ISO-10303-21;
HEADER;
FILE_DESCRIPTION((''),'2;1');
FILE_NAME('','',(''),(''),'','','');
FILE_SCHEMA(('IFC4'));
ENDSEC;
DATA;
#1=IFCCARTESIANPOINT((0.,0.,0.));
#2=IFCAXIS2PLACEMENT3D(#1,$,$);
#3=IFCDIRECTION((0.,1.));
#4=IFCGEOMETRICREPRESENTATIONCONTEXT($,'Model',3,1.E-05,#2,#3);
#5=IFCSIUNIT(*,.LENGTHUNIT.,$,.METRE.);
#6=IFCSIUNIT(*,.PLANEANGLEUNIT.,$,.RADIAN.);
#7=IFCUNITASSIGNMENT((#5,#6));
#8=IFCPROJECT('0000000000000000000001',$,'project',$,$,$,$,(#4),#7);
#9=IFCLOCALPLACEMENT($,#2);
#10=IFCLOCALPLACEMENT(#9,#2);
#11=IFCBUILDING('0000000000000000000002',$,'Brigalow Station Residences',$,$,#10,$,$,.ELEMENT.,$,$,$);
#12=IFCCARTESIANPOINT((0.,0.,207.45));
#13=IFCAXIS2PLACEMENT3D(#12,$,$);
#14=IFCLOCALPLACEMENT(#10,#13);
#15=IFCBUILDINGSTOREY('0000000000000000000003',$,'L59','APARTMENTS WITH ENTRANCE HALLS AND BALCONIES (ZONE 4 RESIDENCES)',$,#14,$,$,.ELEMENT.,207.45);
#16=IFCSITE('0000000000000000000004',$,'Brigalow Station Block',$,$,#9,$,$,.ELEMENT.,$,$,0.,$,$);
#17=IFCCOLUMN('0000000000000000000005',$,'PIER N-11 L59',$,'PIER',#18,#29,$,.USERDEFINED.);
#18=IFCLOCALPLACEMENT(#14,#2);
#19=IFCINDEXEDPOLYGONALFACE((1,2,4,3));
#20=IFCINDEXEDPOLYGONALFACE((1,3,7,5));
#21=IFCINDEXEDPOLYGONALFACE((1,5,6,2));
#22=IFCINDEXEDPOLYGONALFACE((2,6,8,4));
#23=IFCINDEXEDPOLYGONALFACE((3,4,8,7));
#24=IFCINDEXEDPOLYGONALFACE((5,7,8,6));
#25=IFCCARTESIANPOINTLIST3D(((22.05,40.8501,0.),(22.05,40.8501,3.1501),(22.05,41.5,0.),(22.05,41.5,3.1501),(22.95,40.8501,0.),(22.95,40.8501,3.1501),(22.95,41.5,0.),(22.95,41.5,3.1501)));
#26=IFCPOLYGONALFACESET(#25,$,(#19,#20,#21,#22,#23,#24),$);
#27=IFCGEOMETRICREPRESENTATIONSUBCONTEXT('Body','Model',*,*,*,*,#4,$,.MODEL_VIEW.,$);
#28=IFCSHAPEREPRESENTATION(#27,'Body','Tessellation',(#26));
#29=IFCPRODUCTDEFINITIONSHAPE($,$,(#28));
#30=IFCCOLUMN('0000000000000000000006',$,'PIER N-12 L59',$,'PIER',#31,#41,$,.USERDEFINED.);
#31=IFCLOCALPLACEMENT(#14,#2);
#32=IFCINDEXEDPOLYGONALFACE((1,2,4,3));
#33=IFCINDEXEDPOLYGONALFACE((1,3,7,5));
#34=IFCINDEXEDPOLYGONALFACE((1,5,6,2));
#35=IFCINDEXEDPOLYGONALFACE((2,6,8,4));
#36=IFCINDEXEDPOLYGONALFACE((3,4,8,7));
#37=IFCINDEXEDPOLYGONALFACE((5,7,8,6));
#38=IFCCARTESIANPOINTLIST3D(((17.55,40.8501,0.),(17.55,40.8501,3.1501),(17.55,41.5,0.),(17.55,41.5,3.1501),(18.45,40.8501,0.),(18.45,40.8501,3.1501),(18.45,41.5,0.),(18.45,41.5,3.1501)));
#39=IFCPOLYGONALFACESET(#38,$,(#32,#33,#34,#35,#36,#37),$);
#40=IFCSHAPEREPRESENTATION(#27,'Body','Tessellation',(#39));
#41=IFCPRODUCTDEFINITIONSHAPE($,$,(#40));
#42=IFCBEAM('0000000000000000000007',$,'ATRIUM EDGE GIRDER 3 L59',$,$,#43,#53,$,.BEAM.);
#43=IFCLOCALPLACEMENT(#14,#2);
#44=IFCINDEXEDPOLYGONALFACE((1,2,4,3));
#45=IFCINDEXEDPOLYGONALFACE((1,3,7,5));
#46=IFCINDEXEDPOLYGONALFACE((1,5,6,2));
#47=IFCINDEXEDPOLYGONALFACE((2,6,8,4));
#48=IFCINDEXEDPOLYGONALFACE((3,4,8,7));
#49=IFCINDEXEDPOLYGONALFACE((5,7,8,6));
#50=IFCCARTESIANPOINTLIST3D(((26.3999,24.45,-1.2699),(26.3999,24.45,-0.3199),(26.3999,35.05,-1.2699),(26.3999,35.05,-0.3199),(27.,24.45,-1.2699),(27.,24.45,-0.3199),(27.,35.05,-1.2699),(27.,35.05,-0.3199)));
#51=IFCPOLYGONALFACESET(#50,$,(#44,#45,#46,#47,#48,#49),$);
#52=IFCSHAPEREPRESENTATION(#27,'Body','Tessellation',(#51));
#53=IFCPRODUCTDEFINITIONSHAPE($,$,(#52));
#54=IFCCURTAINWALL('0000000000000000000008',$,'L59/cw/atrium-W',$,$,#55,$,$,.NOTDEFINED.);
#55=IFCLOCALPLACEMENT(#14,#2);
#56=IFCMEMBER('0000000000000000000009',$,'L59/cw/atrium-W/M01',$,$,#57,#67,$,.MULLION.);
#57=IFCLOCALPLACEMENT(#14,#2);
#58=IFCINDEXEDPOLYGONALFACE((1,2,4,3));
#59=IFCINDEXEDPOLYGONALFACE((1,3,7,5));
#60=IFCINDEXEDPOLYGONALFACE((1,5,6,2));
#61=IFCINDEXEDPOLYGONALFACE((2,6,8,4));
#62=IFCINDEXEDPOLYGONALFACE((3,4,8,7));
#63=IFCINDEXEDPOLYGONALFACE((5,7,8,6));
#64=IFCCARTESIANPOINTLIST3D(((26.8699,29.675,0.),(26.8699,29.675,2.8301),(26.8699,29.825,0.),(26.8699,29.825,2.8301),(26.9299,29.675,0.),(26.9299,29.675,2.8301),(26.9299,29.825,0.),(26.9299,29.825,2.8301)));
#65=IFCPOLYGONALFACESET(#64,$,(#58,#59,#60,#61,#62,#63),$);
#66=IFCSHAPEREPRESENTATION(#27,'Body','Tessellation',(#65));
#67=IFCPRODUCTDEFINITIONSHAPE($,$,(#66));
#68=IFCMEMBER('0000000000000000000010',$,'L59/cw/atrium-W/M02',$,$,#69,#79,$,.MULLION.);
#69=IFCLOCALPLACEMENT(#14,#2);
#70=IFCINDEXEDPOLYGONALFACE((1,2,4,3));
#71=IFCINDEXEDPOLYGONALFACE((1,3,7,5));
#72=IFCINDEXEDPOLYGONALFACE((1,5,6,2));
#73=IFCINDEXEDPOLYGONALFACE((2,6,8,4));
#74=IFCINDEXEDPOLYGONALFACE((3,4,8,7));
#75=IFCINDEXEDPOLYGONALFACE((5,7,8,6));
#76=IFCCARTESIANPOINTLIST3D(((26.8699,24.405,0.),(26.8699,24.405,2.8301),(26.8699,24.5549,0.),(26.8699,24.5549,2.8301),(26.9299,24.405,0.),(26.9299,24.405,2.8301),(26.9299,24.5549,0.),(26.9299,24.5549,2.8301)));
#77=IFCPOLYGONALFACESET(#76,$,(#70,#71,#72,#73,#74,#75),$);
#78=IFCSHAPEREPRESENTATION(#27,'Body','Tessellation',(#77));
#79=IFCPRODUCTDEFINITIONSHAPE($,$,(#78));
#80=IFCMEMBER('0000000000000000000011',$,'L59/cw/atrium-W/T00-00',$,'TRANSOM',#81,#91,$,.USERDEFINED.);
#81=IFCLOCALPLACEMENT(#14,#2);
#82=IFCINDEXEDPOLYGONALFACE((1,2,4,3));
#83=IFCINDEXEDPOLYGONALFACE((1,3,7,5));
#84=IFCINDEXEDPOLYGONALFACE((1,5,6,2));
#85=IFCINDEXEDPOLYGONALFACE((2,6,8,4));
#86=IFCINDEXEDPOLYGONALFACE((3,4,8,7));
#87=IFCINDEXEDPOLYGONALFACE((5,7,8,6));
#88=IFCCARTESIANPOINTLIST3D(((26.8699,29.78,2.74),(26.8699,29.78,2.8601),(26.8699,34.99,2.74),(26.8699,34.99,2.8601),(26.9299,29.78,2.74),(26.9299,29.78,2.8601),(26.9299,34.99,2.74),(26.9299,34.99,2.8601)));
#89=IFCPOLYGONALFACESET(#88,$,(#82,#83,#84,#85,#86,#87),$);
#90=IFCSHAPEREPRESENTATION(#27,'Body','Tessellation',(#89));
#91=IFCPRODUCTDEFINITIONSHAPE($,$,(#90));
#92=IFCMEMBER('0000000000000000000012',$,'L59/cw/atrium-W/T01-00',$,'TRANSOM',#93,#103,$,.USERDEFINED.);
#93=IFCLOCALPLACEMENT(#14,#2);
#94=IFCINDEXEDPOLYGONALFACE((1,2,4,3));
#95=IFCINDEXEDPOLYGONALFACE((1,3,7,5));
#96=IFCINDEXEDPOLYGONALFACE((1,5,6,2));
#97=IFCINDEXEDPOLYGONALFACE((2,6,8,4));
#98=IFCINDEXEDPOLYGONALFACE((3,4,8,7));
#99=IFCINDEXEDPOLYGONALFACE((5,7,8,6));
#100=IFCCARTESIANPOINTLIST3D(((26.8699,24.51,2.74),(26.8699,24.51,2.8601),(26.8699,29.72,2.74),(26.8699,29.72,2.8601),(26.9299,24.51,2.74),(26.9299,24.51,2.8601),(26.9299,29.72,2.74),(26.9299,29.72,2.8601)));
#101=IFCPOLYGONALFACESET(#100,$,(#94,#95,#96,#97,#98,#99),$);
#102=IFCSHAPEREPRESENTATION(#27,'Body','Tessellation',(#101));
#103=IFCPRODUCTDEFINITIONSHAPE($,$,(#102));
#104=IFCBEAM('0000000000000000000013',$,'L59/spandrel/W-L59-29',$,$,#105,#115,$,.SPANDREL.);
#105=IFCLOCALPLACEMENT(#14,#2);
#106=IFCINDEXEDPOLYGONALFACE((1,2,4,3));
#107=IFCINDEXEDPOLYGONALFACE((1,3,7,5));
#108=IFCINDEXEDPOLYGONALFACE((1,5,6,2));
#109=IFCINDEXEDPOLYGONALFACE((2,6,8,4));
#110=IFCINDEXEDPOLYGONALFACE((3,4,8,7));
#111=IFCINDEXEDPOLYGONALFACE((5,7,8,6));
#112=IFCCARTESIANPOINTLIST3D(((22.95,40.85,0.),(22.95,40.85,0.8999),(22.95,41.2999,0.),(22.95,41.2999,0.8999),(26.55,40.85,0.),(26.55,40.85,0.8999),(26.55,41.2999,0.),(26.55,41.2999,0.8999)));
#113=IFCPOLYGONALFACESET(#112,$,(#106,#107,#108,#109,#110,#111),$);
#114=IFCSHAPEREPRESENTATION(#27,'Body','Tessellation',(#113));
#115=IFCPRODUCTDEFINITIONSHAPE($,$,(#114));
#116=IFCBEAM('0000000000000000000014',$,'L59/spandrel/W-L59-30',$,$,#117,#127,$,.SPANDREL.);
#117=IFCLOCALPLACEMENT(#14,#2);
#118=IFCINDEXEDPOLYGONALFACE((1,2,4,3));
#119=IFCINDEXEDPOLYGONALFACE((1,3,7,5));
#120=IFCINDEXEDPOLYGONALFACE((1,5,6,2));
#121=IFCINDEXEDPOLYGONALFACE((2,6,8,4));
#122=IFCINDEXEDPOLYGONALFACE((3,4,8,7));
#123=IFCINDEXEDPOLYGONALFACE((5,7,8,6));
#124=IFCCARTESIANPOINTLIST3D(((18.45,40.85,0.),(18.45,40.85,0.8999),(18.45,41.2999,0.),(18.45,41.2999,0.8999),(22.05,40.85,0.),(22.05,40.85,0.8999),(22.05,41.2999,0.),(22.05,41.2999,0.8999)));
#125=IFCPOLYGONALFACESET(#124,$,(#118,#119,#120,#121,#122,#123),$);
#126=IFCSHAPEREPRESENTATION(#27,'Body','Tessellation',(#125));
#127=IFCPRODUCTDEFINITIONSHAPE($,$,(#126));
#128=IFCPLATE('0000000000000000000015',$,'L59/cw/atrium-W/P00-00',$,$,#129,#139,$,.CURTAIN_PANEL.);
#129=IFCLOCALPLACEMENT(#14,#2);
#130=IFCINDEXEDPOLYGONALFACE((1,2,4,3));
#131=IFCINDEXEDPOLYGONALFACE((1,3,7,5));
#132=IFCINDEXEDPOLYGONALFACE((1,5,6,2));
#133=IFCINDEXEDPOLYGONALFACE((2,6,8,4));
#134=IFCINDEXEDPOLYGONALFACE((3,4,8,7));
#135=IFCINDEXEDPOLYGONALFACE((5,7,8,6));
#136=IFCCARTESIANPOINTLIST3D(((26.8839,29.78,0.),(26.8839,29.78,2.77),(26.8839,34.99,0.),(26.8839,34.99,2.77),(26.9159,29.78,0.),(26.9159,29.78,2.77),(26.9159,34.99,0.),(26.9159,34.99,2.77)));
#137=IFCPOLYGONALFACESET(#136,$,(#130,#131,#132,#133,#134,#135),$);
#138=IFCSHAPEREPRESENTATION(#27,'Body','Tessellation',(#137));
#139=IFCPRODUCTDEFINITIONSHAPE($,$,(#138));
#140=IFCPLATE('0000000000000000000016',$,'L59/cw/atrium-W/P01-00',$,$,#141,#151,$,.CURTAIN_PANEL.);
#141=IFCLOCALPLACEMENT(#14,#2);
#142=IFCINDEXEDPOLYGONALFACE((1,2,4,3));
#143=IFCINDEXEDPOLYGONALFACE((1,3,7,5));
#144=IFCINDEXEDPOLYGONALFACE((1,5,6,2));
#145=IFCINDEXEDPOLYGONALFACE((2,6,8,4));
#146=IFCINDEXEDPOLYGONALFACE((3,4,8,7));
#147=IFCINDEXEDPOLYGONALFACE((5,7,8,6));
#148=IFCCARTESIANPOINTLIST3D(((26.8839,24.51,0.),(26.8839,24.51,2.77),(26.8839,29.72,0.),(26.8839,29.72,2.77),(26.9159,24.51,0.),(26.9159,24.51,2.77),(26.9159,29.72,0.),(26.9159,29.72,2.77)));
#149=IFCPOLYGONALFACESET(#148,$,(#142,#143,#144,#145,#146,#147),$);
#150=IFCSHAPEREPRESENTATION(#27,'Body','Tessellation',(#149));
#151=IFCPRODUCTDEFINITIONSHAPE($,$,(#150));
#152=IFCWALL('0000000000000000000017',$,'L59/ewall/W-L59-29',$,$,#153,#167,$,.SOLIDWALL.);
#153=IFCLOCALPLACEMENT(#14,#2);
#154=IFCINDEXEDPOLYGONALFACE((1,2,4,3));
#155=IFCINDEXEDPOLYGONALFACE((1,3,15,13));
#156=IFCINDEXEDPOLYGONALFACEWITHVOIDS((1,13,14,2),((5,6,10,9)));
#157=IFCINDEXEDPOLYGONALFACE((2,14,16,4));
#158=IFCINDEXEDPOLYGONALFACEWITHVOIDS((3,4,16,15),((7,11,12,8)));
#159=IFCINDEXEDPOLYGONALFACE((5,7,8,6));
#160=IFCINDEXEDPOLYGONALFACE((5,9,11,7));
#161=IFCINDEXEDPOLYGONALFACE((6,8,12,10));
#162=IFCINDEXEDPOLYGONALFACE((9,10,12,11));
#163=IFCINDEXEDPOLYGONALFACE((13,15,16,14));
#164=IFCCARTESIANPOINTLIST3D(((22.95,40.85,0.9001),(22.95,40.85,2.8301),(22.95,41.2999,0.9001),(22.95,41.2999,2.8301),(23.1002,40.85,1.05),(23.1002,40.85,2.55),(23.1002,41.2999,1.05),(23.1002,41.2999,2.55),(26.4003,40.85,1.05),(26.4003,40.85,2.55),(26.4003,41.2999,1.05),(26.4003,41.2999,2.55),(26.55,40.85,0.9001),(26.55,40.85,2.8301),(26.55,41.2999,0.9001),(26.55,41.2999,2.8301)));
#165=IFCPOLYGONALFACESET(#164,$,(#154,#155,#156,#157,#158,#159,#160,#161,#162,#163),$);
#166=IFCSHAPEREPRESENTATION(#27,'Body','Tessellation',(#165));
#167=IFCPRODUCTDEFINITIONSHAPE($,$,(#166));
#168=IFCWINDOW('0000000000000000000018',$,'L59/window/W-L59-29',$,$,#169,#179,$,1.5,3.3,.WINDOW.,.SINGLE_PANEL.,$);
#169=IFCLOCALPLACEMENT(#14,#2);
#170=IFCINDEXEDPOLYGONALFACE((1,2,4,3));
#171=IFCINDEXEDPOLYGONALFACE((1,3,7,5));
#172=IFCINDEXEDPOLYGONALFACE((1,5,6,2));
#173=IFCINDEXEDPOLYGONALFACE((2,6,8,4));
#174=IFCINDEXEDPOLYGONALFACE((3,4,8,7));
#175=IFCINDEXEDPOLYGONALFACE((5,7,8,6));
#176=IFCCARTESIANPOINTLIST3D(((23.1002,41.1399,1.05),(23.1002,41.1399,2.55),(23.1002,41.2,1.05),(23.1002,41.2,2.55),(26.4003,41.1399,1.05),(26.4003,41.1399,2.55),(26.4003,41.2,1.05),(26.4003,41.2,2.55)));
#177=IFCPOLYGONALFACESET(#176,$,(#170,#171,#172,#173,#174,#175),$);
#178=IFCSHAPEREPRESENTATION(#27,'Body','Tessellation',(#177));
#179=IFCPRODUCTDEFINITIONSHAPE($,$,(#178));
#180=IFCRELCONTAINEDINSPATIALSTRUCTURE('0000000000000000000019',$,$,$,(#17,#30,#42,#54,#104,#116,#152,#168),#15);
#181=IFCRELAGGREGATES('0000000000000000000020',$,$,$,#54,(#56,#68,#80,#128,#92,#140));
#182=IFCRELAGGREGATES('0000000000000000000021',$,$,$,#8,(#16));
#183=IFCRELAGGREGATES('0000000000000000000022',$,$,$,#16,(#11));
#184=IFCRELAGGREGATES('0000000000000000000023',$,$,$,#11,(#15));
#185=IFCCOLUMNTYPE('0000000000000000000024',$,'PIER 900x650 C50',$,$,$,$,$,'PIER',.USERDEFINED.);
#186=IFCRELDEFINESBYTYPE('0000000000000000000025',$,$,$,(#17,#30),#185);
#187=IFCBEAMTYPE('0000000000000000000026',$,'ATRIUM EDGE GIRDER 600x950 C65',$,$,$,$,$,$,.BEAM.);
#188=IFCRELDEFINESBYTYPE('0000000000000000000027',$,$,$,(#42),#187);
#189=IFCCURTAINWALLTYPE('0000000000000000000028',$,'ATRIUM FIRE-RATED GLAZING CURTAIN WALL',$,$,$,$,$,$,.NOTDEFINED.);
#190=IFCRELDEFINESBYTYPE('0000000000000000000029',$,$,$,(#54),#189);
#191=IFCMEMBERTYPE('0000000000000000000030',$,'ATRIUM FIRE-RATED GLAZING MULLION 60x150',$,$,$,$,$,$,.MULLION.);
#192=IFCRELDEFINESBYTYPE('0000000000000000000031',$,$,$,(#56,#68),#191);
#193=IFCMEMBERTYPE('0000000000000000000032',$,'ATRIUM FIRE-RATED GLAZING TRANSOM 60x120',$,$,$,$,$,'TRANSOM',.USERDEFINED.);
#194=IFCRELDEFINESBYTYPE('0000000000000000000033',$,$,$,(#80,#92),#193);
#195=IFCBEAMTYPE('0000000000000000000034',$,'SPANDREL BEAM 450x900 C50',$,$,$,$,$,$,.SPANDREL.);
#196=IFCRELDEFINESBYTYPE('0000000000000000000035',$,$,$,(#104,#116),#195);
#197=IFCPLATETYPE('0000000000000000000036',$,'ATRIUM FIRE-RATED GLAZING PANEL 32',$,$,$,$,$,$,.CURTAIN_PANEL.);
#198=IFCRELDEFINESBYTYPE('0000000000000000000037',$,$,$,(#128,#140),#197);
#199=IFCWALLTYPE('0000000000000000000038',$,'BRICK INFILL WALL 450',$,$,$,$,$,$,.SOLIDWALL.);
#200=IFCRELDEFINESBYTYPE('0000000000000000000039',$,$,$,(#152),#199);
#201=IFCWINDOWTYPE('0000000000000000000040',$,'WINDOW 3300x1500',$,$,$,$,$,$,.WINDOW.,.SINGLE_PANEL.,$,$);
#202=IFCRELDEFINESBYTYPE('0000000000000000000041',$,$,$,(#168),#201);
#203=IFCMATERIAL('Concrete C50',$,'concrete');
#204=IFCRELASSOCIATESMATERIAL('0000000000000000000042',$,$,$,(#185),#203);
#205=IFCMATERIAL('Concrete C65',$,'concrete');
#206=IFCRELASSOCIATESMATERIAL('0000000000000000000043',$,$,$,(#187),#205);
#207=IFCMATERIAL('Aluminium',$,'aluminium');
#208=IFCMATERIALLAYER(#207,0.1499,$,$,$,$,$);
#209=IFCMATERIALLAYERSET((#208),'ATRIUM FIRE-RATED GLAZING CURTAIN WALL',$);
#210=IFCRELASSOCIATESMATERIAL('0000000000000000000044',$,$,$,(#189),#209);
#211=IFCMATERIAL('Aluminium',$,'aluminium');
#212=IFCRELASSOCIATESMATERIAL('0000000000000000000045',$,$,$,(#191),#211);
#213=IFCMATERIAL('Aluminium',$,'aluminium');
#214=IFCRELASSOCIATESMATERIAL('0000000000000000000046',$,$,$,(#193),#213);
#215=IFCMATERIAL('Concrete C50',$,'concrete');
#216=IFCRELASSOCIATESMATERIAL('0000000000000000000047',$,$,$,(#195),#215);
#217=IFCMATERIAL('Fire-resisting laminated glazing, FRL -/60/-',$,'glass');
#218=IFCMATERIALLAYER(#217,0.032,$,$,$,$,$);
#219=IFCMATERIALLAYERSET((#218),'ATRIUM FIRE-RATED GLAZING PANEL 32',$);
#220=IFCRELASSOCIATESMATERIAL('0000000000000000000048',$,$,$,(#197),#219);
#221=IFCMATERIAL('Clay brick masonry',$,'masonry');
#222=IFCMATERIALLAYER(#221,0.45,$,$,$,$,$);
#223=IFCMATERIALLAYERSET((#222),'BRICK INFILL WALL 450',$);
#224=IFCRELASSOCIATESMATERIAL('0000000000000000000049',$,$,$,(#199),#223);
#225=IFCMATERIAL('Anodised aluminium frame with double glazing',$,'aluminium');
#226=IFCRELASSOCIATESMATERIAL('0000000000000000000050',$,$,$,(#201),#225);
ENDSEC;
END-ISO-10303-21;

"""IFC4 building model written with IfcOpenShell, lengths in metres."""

from ifc_helpers import new_model, si_unit, direction, frame, frame_2d, origin, origin_2d, place, context, subcontext, project, spatial, rectangle, extrude, material, layer, layer_set, material_profile, profile_set, type_object, element, fill, aggregate, save


model = new_model("IFC4")

# Units and contexts
model_context = context("Model", 3, precision=1e-05, world=origin(), true_north=direction((0.0, 1.0)))
body_context = subcontext(model_context, "Body", "Model", "MODEL_VIEW")
ifc_project = project(units=[si_unit("LENGTHUNIT", "METRE"), si_unit("PLANEANGLEUNIT", "RADIAN")], contexts=[model_context])

# Site, building, storey
site_placement = place(None, origin())
site = spatial("IfcSite", under=ifc_project, at=site_placement, Name="Brigalow Station Block", CompositionType="ELEMENT", RefElevation=0.0)
building_placement = place(site_placement, origin())
building = spatial("IfcBuilding", under=site, at=building_placement, Name="Brigalow Station Residences", CompositionType="ELEMENT")
storey_placement = place(building_placement, frame((0.0, 0.0, 207.45)))
storey = spatial("IfcBuildingStorey", under=building, at=storey_placement, Name="L59", Description="APARTMENTS WITH ENTRANCE HALLS AND BALCONIES (ZONE 4 RESIDENCES)", CompositionType="ELEMENT", Elevation=207.45)

# Columns
ifc_material_1 = material(Name="Concrete C50", Category="concrete")
ifc_material_profile_1 = material_profile(ifc_material_1, rectangle(XDim=0.8999, YDim=0.6499, at=origin_2d()), Name="RC900x650")
ifc_profile_set_1 = profile_set([ifc_material_profile_1], Name="Concrete C50")
column_type = type_object("IfcColumnType", Name="PIER 900x650 C50", ElementType="PIER", PredefinedType="USERDEFINED", material=ifc_profile_set_1)
for number, where, z_axis, x_axis, name in (
    (1, (22.5, 41.175, 0.0), (0.0, 0.0, 1.0), (-1.0, 0.0, 0.0), "PIER N-11 L59"),
    (2, (18.0, 41.175, 0.0), (0.0, 0.0, 1.0), (-1.0, 0.0, 0.0), "PIER N-12 L59"),
):
    element("IfcColumn", number, at=place(storey_placement, frame(where, z_axis=z_axis, x_axis=x_axis)), inside=storey, type_object=column_type, Name=name, ObjectType="PIER", PredefinedType="USERDEFINED", context=body_context, shape_type="SweptSolid", body=[
        extrude(rectangle(XDim=0.8999, YDim=0.6499, at=origin_2d()), origin(), (0.0, 0.0, 1.0), 3.1501),
    ])

# Beam
ifc_material_2 = material(Name="Concrete C65", Category="concrete")
ifc_material_profile_2 = material_profile(ifc_material_2, rectangle(XDim=0.6001, YDim=0.95, at=origin_2d()), Name="RC600x950")
ifc_profile_set_2 = profile_set([ifc_material_profile_2], Name="Concrete C65")
beam_type_1 = type_object("IfcBeamType", Name="ATRIUM EDGE GIRDER 600x950 C65", PredefinedType="BEAM", material=ifc_profile_set_2)
beam_placement = place(storey_placement, frame((26.7, 24.45, -0.7949), z_axis=(0.0, 1.0, 0.0), x_axis=(-1.0, 0.0, 0.0)))
element("IfcBeam", 3, at=beam_placement, inside=storey, type_object=beam_type_1, Name="ATRIUM EDGE GIRDER 3 L59", PredefinedType="BEAM", context=body_context, shape_type="SweptSolid", body=[
    extrude(rectangle(XDim=0.6001, YDim=0.95, at=origin_2d()), origin(), (0.0, 0.0, 1.0), 10.6001),
])

# Curtain wall, members
ifc_material_3 = material(Name="Aluminium", Category="aluminium")
ifc_layer_1 = layer(ifc_material_3, 0.1499)
ifc_layer_set_1 = layer_set([ifc_layer_1], Name="ATRIUM FIRE-RATED GLAZING CURTAIN WALL")
curtain_wall_type = type_object("IfcCurtainWallType", Name="ATRIUM FIRE-RATED GLAZING CURTAIN WALL", PredefinedType="NOTDEFINED", material=ifc_layer_set_1)
curtain_wall_placement = place(storey_placement, origin())
curtain_wall = element("IfcCurtainWall", 4, at=curtain_wall_placement, inside=storey, type_object=curtain_wall_type, Name="L59/cw/atrium-W", PredefinedType="NOTDEFINED")
ifc_material_4 = material(Name="Aluminium", Category="aluminium")
ifc_material_profile_3 = material_profile(ifc_material_4, rectangle(XDim=0.0601, YDim=0.1499, at=origin_2d()), Name="ATRIUM FIRE-RATED GLAZING MULLION 60x150")
ifc_profile_set_3 = profile_set([ifc_material_profile_3], Name="Aluminium")
member_type_1 = type_object("IfcMemberType", Name="ATRIUM FIRE-RATED GLAZING MULLION 60x150", PredefinedType="MULLION", material=ifc_profile_set_3)
member_1_placement = place(storey_placement, frame((26.8999, 29.75, 0.0), z_axis=(0.0, 0.0, 1.0), x_axis=(1.0, 0.0, 0.0)))
member_1 = element("IfcMember", 5, at=member_1_placement, type_object=member_type_1, Name="L59/cw/atrium-W/M01", PredefinedType="MULLION", context=body_context, shape_type="SweptSolid", body=[
    extrude(rectangle(XDim=0.0601, YDim=0.1499, at=origin_2d()), origin(), (0.0, 0.0, 1.0), 2.8301),
])
member_2_placement = place(storey_placement, frame((26.8999, 24.48, 0.0), z_axis=(0.0, 0.0, 1.0), x_axis=(1.0, 0.0, 0.0)))
member_2 = element("IfcMember", 6, at=member_2_placement, type_object=member_type_1, Name="L59/cw/atrium-W/M02", PredefinedType="MULLION", context=body_context, shape_type="SweptSolid", body=[
    extrude(rectangle(XDim=0.0601, YDim=0.1499, at=origin_2d()), origin(), (0.0, 0.0, 1.0), 2.8301),
])
ifc_material_5 = material(Name="Aluminium", Category="aluminium")
ifc_material_profile_4 = material_profile(ifc_material_5, rectangle(XDim=0.0601, YDim=0.1201, at=origin_2d()), Name="ATRIUM FIRE-RATED GLAZING TRANSOM 60x120")
ifc_profile_set_4 = profile_set([ifc_material_profile_4], Name="Aluminium")
member_type_2 = type_object("IfcMemberType", Name="ATRIUM FIRE-RATED GLAZING TRANSOM 60x120", ElementType="TRANSOM", PredefinedType="USERDEFINED", material=ifc_profile_set_4)
member_3_placement = place(storey_placement, frame((26.8999, 34.99, 2.8), z_axis=(0.0, -1.0, 0.0), x_axis=(1.0, 0.0, 0.0)))
member_3 = element("IfcMember", 7, at=member_3_placement, type_object=member_type_2, Name="L59/cw/atrium-W/T00-00", ObjectType="TRANSOM", PredefinedType="USERDEFINED", context=body_context, shape_type="SweptSolid", body=[
    extrude(rectangle(XDim=0.0601, YDim=0.1201, at=origin_2d()), origin(), (0.0, 0.0, 1.0), 5.21),
])
member_4_placement = place(storey_placement, frame((26.8999, 29.72, 2.8), z_axis=(0.0, -1.0, 0.0), x_axis=(1.0, 0.0, 0.0)))
member_4 = element("IfcMember", 8, at=member_4_placement, type_object=member_type_2, Name="L59/cw/atrium-W/T01-00", ObjectType="TRANSOM", PredefinedType="USERDEFINED", context=body_context, shape_type="SweptSolid", body=[
    extrude(rectangle(XDim=0.0601, YDim=0.1201, at=origin_2d()), origin(), (0.0, 0.0, 1.0), 5.21),
])

# Beams
ifc_material_6 = material(Name="Concrete C50", Category="concrete")
ifc_material_profile_5 = material_profile(ifc_material_6, rectangle(XDim=0.45, YDim=0.8999, at=origin_2d()), Name="RC450x900")
ifc_profile_set_5 = profile_set([ifc_material_profile_5], Name="Concrete C50")
beam_type_2 = type_object("IfcBeamType", Name="SPANDREL BEAM 450x900 C50", PredefinedType="SPANDREL", material=ifc_profile_set_5)
for number, where, z_axis, x_axis, name in (
    (9, (26.55, 41.075, 0.45), (-1.0, 0.0, 0.0), (0.0, -1.0, 0.0), "L59/spandrel/W-L59-29"),
    (10, (22.05, 41.075, 0.45), (-1.0, 0.0, 0.0), (0.0, -1.0, 0.0), "L59/spandrel/W-L59-30"),
):
    element("IfcBeam", number, at=place(storey_placement, frame(where, z_axis=z_axis, x_axis=x_axis)), inside=storey, type_object=beam_type_2, Name=name, PredefinedType="SPANDREL", context=body_context, shape_type="SweptSolid", body=[
        extrude(rectangle(XDim=0.45, YDim=0.8999, at=origin_2d()), origin(), (0.0, 0.0, 1.0), 3.6001),
    ])

# Plates
ifc_material_7 = material(Name="Fire-resisting laminated glazing, FRL -/60/-", Category="glass")
ifc_layer_2 = layer(ifc_material_7, 0.032)
ifc_layer_set_2 = layer_set([ifc_layer_2], Name="ATRIUM FIRE-RATED GLAZING PANEL 32")
plate_type = type_object("IfcPlateType", Name="ATRIUM FIRE-RATED GLAZING PANEL 32", PredefinedType="CURTAIN_PANEL", material=ifc_layer_set_2)
plate_1_placement = place(storey_placement, frame((26.8999, 32.385, 0.0), z_axis=(0.0, 0.0, 1.0), x_axis=(0.0, -1.0, 0.0)))
plate_1 = element("IfcPlate", 11, at=plate_1_placement, type_object=plate_type, Name="L59/cw/atrium-W/P00-00", PredefinedType="CURTAIN_PANEL", context=body_context, shape_type="SweptSolid", body=[
    extrude(rectangle(XDim=5.21, YDim=0.032, at=origin_2d()), origin(), (0.0, 0.0, 1.0), 2.77),
])
plate_2_placement = place(storey_placement, frame((26.8999, 27.115, 0.0), z_axis=(0.0, 0.0, 1.0), x_axis=(0.0, -1.0, 0.0)))
plate_2 = element("IfcPlate", 12, at=plate_2_placement, type_object=plate_type, Name="L59/cw/atrium-W/P01-00", PredefinedType="CURTAIN_PANEL", context=body_context, shape_type="SweptSolid", body=[
    extrude(rectangle(XDim=5.21, YDim=0.032, at=origin_2d()), origin(), (0.0, 0.0, 1.0), 2.77),
])
aggregate(curtain_wall, [member_1, member_2, member_3, plate_1, member_4, plate_2])

# Wall, opening, window
ifc_material_8 = material(Name="Clay brick masonry", Category="masonry")
ifc_layer_3 = layer(ifc_material_8, 0.45)
ifc_layer_set_3 = layer_set([ifc_layer_3], Name="BRICK INFILL WALL 450")
wall_type_1 = type_object("IfcWallType", Name="BRICK INFILL WALL 450", PredefinedType="SOLIDWALL", material=ifc_layer_set_3)
wall_1_placement = place(storey_placement, frame((26.55, 41.075, 0.9001), z_axis=(0.0, 0.0, 1.0), x_axis=(-1.0, 0.0, 0.0)))
wall_1 = element("IfcWall", 13, at=wall_1_placement, inside=storey, type_object=wall_type_1, Name="L59/ewall/W-L59-29", PredefinedType="SOLIDWALL", context=body_context, shape_type="SweptSolid", body=[
    extrude(rectangle(XDim=3.6001, YDim=0.45, at=frame_2d((1.8, 0.0))), origin(), (0.0, 0.0, 1.0), 1.9299),
])
opening_1_placement = place(wall_1_placement, frame((0.1499, 0.0, 0.1499)))
opening_1 = element("IfcOpeningElement", 14, at=opening_1_placement, cuts=wall_1, PredefinedType="OPENING", context=body_context, shape_type="SweptSolid", body=[
    extrude(rectangle(XDim=3.3, YDim=1.5, at=frame_2d((1.6499, 0.75))), frame((0.0, 0.2349, 0.0), z_axis=(0.0, -1.0, 0.0), x_axis=(1.0, 0.0, 0.0)), (0.0, 0.0, 1.0), 0.47),
])
ifc_material_9 = material(Name="Anodised aluminium frame with double glazing", Category="aluminium")
window_type = type_object("IfcWindowType", Name="WINDOW 3300x1500", PartitioningType="SINGLE_PANEL", PredefinedType="WINDOW", material=ifc_material_9)
window_1_placement = place(opening_1_placement, origin())
window_1 = element("IfcWindow", 15, at=window_1_placement, inside=storey, type_object=window_type, Name="L59/window/W-L59-29", OverallHeight=1.5, OverallWidth=3.3, PartitioningType="SINGLE_PANEL", PredefinedType="WINDOW", context=body_context, shape_type="SweptSolid", body=[
    extrude(rectangle(XDim=3.3, YDim=1.5, at=frame_2d((1.6499, 0.75))), frame((0.0, -0.0649, 0.0), z_axis=(0.0, -1.0, 0.0), x_axis=(1.0, 0.0, 0.0)), (0.0, 0.0, 1.0), 0.0601),
])
fill(opening_1, window_1)

save(model, "model.ifc")
